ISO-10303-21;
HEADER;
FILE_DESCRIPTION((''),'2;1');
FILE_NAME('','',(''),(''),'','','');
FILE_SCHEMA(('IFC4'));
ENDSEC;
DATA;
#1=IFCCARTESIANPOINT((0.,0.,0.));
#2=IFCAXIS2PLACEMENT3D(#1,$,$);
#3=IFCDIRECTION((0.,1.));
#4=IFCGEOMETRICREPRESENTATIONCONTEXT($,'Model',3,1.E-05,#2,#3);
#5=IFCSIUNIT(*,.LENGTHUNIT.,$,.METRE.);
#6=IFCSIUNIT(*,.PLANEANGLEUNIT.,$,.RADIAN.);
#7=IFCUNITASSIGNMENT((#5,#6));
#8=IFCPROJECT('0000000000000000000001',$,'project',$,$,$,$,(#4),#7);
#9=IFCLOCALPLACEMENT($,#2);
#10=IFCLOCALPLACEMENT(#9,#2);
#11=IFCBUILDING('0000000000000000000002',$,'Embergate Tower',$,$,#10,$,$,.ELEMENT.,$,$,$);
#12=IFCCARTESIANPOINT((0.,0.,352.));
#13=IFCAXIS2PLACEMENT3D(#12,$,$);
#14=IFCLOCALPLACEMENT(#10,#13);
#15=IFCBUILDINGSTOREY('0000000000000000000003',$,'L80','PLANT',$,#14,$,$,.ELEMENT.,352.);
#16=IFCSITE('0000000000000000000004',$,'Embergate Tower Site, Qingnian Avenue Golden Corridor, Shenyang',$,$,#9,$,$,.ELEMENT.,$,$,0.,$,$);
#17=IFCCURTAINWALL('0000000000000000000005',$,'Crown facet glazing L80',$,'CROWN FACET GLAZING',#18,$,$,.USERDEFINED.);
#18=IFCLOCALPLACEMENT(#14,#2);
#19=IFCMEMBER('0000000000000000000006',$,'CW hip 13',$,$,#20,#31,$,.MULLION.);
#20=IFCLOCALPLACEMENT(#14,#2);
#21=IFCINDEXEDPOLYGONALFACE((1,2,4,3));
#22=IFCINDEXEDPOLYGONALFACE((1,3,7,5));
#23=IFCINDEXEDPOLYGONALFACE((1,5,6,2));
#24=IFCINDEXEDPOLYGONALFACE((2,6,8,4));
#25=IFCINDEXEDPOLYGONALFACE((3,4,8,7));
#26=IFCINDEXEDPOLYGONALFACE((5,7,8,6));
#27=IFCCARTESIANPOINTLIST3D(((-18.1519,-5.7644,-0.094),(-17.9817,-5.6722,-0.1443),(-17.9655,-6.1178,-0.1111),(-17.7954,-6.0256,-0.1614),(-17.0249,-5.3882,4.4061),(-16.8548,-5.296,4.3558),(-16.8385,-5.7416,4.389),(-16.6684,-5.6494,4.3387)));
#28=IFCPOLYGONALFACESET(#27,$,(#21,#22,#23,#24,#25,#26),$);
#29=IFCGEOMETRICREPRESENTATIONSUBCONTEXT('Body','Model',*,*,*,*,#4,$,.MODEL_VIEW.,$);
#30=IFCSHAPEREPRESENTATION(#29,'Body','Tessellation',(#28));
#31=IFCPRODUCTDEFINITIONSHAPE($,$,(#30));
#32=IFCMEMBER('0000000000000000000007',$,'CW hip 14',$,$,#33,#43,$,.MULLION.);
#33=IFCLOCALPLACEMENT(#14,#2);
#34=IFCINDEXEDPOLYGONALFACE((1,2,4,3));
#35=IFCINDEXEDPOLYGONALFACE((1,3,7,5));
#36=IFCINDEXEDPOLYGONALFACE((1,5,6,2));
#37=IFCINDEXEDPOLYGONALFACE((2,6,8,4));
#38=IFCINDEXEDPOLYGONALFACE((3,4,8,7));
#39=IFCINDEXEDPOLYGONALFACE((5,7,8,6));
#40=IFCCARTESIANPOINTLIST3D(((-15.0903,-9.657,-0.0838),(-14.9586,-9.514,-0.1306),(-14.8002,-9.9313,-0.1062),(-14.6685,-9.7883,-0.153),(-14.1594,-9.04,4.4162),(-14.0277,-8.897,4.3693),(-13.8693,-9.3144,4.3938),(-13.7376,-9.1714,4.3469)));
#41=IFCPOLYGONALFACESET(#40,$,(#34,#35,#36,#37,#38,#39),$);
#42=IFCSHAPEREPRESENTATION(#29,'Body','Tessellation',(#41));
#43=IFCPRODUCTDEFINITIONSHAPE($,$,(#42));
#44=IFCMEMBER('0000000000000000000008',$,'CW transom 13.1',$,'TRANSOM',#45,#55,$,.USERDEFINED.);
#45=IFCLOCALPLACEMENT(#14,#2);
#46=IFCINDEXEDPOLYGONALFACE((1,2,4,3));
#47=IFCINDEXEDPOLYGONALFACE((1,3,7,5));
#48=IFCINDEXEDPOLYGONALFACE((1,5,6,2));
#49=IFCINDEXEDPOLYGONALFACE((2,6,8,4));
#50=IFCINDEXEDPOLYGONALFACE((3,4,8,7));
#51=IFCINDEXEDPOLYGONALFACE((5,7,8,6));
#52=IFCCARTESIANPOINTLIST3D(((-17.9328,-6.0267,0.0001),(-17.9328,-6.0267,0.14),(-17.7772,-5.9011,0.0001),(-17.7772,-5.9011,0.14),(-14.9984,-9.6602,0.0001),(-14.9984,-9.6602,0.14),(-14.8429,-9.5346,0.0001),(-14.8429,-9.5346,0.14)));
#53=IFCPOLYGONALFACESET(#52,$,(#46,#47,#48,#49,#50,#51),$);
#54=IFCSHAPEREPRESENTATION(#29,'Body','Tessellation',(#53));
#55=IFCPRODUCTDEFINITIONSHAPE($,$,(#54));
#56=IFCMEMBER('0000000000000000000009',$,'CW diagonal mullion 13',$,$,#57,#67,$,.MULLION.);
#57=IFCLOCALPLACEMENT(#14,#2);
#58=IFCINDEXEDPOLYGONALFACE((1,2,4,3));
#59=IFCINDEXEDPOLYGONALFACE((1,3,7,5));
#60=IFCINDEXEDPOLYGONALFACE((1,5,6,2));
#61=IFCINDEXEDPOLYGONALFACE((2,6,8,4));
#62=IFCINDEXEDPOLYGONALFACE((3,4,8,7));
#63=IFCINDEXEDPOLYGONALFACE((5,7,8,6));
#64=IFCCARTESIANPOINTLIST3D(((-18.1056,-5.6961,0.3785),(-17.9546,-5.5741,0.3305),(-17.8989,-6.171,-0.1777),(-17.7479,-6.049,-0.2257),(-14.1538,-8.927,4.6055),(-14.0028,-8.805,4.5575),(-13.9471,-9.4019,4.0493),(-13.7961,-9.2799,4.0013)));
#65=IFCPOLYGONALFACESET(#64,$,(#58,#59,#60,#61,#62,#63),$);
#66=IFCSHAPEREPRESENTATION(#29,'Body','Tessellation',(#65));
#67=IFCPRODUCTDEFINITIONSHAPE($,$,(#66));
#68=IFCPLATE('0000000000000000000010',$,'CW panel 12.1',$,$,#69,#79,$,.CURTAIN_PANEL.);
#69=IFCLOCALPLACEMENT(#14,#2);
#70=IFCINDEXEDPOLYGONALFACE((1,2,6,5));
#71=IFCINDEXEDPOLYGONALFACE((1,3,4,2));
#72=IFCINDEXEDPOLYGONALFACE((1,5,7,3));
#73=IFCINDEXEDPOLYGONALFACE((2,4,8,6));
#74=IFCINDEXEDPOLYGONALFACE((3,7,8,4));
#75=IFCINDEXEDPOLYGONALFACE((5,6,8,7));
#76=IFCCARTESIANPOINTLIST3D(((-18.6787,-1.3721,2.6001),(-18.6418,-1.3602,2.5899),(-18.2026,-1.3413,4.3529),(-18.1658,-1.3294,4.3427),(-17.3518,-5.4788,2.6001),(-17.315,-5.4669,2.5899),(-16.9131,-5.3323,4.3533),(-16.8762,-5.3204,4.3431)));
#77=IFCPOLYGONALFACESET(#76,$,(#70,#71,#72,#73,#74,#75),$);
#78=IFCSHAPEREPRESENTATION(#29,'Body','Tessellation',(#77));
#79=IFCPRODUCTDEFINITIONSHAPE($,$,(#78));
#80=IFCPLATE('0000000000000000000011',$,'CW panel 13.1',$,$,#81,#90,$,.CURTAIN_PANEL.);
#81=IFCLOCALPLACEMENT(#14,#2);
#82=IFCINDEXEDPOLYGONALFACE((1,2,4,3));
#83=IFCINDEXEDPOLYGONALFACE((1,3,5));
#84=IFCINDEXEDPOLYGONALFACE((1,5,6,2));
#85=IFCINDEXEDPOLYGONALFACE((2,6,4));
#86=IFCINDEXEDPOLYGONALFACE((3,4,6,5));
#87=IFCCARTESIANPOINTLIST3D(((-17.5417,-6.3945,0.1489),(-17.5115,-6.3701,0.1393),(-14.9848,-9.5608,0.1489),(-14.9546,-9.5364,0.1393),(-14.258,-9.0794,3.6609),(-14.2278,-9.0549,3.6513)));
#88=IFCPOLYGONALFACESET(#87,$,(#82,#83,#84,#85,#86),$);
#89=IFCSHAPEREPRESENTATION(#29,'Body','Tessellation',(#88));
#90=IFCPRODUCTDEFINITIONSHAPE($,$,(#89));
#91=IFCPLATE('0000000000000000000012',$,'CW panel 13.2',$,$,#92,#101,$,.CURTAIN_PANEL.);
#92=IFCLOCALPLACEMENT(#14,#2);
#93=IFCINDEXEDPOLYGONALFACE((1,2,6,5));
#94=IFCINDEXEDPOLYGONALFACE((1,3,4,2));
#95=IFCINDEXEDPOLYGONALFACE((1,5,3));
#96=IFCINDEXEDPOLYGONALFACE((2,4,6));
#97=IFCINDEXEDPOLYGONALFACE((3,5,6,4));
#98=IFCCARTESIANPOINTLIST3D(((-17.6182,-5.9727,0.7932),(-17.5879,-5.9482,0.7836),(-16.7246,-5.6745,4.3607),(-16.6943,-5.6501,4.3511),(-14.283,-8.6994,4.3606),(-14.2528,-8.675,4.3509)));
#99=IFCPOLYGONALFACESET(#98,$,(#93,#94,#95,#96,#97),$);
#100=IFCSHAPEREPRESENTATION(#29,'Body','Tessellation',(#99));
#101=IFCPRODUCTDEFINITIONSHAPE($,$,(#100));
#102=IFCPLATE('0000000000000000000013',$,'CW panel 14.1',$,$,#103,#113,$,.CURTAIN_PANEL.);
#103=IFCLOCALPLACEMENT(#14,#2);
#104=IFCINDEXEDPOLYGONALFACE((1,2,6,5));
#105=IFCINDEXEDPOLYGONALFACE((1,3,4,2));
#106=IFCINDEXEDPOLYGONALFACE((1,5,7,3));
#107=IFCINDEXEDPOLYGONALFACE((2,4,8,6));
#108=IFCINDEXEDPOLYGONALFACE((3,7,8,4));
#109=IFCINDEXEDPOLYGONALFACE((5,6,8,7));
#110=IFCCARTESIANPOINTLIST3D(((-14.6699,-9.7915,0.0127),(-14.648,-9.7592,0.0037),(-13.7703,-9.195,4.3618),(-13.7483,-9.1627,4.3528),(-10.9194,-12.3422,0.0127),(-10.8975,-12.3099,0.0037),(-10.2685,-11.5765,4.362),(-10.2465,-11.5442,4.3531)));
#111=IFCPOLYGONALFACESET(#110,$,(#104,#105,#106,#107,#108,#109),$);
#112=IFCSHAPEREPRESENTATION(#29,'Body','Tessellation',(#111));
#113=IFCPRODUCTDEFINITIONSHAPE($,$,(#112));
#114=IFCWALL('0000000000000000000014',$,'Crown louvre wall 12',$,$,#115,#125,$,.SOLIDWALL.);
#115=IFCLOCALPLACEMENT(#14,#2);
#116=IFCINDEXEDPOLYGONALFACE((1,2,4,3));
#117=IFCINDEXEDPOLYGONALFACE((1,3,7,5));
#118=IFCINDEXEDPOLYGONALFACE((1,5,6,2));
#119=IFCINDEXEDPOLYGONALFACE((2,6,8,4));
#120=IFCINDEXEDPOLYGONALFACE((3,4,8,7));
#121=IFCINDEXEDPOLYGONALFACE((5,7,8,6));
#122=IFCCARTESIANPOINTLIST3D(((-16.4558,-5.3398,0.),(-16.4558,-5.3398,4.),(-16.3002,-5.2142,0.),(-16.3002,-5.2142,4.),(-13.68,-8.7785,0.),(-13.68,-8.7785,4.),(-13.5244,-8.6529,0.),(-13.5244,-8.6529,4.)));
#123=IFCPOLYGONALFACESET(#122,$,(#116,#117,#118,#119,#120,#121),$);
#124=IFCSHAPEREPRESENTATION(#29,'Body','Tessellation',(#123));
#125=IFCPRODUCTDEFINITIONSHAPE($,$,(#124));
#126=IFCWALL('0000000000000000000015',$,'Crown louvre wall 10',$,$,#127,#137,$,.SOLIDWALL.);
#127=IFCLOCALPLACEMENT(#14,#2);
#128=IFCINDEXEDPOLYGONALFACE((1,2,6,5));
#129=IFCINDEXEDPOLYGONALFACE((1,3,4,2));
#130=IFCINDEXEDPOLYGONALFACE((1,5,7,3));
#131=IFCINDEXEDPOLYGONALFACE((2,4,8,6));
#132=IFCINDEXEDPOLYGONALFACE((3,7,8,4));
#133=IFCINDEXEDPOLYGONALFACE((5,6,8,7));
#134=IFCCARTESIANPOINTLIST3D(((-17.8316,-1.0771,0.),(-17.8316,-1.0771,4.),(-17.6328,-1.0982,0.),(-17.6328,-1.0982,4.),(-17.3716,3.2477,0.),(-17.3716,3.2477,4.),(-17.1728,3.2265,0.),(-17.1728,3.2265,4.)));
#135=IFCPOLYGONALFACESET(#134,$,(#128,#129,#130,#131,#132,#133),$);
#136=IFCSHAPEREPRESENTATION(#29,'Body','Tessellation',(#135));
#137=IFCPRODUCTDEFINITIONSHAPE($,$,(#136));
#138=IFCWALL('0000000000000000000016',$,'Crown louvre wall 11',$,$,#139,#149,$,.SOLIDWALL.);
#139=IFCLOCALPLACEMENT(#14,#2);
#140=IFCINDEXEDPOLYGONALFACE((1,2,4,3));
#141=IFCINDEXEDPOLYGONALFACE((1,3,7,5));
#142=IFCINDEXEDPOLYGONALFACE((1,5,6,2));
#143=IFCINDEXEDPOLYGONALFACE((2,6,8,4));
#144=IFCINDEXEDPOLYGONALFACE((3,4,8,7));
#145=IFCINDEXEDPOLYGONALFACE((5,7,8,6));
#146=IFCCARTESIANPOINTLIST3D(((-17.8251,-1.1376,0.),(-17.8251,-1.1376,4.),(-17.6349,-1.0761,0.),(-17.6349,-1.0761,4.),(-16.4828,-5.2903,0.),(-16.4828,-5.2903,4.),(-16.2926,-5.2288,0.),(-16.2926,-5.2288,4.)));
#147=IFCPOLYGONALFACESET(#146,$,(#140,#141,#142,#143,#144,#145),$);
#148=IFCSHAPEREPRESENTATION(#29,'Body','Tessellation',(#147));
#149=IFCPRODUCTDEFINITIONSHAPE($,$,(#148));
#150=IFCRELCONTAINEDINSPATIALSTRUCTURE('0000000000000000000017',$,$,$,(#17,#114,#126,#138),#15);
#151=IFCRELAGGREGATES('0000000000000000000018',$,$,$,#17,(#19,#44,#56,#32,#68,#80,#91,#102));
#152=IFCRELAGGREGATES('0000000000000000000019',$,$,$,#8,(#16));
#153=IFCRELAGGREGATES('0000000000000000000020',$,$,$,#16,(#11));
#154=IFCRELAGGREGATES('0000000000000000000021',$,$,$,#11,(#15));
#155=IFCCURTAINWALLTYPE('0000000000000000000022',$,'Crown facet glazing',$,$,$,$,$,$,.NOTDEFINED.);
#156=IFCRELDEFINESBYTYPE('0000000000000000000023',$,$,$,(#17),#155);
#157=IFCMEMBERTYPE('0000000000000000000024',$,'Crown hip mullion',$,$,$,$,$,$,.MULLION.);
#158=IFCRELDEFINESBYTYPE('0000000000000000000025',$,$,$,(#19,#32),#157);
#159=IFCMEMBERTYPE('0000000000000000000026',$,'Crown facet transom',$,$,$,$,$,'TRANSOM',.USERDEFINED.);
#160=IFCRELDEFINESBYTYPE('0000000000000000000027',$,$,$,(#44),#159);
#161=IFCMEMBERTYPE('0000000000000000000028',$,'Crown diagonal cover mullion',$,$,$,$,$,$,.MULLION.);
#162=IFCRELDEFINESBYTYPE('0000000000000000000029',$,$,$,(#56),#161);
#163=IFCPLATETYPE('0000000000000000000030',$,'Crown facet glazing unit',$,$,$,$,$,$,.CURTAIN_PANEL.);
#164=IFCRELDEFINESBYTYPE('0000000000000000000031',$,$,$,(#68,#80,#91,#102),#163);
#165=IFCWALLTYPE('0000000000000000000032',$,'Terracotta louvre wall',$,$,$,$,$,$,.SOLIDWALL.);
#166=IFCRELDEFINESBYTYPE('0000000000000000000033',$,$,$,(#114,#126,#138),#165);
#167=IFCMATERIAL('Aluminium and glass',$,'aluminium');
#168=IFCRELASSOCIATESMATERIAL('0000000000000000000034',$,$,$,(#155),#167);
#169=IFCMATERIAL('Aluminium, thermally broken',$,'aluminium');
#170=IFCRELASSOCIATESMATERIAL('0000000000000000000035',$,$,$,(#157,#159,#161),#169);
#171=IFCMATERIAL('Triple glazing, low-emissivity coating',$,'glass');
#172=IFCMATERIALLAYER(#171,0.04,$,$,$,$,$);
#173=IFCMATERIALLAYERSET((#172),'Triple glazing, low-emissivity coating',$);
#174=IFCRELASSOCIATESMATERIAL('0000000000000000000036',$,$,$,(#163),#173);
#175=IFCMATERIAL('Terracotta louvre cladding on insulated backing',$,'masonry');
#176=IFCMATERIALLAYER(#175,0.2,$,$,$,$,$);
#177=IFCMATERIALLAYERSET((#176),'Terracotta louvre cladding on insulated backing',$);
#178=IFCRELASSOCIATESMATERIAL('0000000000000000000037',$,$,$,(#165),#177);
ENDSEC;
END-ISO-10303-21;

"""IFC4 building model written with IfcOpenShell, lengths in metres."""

from ifc_helpers import new_model, si_unit, direction, frame, frame_2d, origin, origin_2d, place, context, subcontext, project, spatial, polyline, rectangle, outline, extrude, source, transform, mapped, material, layer, layer_set, material_profile, profile_set, type_object, element, aggregate, save


model = new_model("IFC4")

# Units and contexts
model_context = context("Model", 3, precision=1e-05, world=origin(), true_north=direction((0.0, 1.0)))
body_context = subcontext(model_context, "Body", "Model", "MODEL_VIEW")
ifc_project = project(units=[si_unit("LENGTHUNIT", "METRE"), si_unit("PLANEANGLEUNIT", "RADIAN")], contexts=[model_context])

# Site, building, storey
site_placement = place(None, origin())
site = spatial("IfcSite", under=ifc_project, at=site_placement, Name="Embergate Tower Site, Qingnian Avenue Golden Corridor, Shenyang", CompositionType="ELEMENT", RefElevation=0.0)
building_placement = place(site_placement, origin())
building = spatial("IfcBuilding", under=site, at=building_placement, Name="Embergate Tower", CompositionType="ELEMENT")
storey_placement = place(building_placement, frame((0.0, 0.0, 352.0)))
storey = spatial("IfcBuildingStorey", under=building, at=storey_placement, Name="L80", Description="PLANT", CompositionType="ELEMENT", Elevation=352.0)

# Curtain wall, members, plates
ifc_material_1 = material(Name="Aluminium and glass", Category="aluminium")
curtain_wall_type = type_object("IfcCurtainWallType", Name="Crown facet glazing", PredefinedType="NOTDEFINED", material=ifc_material_1)
curtain_wall_placement = place(storey_placement, origin())
curtain_wall = element("IfcCurtainWall", 1, at=curtain_wall_placement, inside=storey, type_object=curtain_wall_type, Name="Crown facet glazing L80", ObjectType="CROWN FACET GLAZING", PredefinedType="USERDEFINED")
ifc_material_2 = material(Name="Aluminium, thermally broken", Category="aluminium")
ifc_material_profile_1 = material_profile(ifc_material_2, rectangle(XDim=0.2, YDim=0.3999, at=origin_2d()), Name="AL 400x200")
ifc_profile_set_1 = profile_set([ifc_material_profile_1], Name="Aluminium, thermally broken")
member_type_1 = type_object("IfcMemberType", Name="Crown hip mullion", PredefinedType="MULLION", material=ifc_profile_set_1)
shared_shape_1 = source(origin(), body_context, "Body", "SweptSolid", [
    extrude(rectangle(XDim=0.2, YDim=0.3999, at=origin_2d()), origin(), (0.0, 0.0, 1.0), 4.6543),
])
member_1_placement = place(storey_placement, frame((-17.9736, -5.895, -0.1277), z_axis=(0.242137, 0.080835, 0.966869), x_axis=(-0.850965, -0.461008, 0.251653)))
member_1 = element("IfcMember", 2, at=member_1_placement, type_object=member_type_1, Name="CW hip 13", PredefinedType="MULLION", context=body_context, shape_type="MappedRepresentation", body=[
    mapped(shared_shape_1, transform((0.0, 0.0, 0.0))),
])
shared_shape_2 = source(origin(), body_context, "Body", "SweptSolid", [
    extrude(rectangle(XDim=0.2, YDim=0.3999, at=origin_2d()), origin(), (0.0, 0.0, 1.0), 4.6365),
])
member_2_placement = place(storey_placement, frame((-14.8794, -9.7227, -0.1184), z_axis=(0.200778, 0.133062, 0.970558), x_axis=(-0.65843, -0.715254, 0.234269)))
member_2 = element("IfcMember", 3, at=member_2_placement, type_object=member_type_1, Name="CW hip 14", PredefinedType="MULLION", context=body_context, shape_type="MappedRepresentation", body=[
    mapped(shared_shape_2, transform((0.0, 0.0, 0.0))),
])
ifc_material_profile_2 = material_profile(ifc_material_2, rectangle(XDim=0.2, YDim=0.1399, at=origin_2d()), Name="AL 140x200")
ifc_profile_set_2 = profile_set([ifc_material_profile_2], Name="Aluminium, thermally broken")
member_type_2 = type_object("IfcMemberType", Name="Crown facet transom", ElementType="TRANSOM", PredefinedType="USERDEFINED", material=ifc_profile_set_2)
shared_shape_3 = source(origin(), body_context, "Body", "SweptSolid", [
    extrude(rectangle(XDim=0.2, YDim=0.1399, at=origin_2d()), origin(), (0.0, 0.0, 1.0), 4.6704),
])
member_3_placement = place(storey_placement, frame((-17.855, -5.9639, 0.0701), z_axis=(0.628277, -0.777989, 0.0), x_axis=(0.777989, 0.628277, 0.0)))
member_3 = element("IfcMember", 4, at=member_3_placement, type_object=member_type_2, Name="CW transom 13.1", ObjectType="TRANSOM", PredefinedType="USERDEFINED", context=body_context, shape_type="MappedRepresentation", body=[
    mapped(shared_shape_3, transform((0.0, 0.0, 0.0))),
])
ifc_material_profile_3 = material_profile(ifc_material_2, rectangle(XDim=0.2, YDim=0.76, at=origin_2d()), Name="AL 760x200")
ifc_profile_set_3 = profile_set([ifc_material_profile_3], Name="Aluminium, thermally broken")
member_type_3 = type_object("IfcMemberType", Name="Crown diagonal cover mullion", PredefinedType="MULLION", material=ifc_profile_set_3)
shared_shape_4 = source(origin(), body_context, "Body", "SweptSolid", [
    extrude(rectangle(XDim=0.2, YDim=0.76, at=origin_2d()), origin(), (0.0, 0.0, 1.0), 6.6274),
])
member_4_placement = place(storey_placement, frame((-17.9268, -5.8726, 0.0764), z_axis=(0.596283, -0.487503, 0.637799), x_axis=(-0.755305, -0.609846, 0.240003)))
member_4 = element("IfcMember", 5, at=member_4_placement, type_object=member_type_3, Name="CW diagonal mullion 13", PredefinedType="MULLION", context=body_context, shape_type="MappedRepresentation", body=[
    mapped(shared_shape_4, transform((0.0, 0.0, 0.0))),
])
ifc_material_3 = material(Name="Triple glazing, low-emissivity coating", Category="glass")
ifc_layer_1 = layer(ifc_material_3, 0.04)
ifc_layer_set_1 = layer_set([ifc_layer_1], Name="Triple glazing, low-emissivity coating")
plate_type = type_object("IfcPlateType", Name="Crown facet glazing unit", PredefinedType="CURTAIN_PANEL", material=ifc_layer_set_1)
shared_shape_5 = source(origin(), body_context, "Body", "SweptSolid", [
    extrude(outline(polyline([(0.0, 0.0), (1.8132, 0.0), (1.8232, 4.1941), (0.0107, 4.3157), (0.0, 0.0)])), origin(), (0.0, 0.0, -1.0), 0.04),
])
plate_1_placement = place(storey_placement, frame((-17.3518, -5.4788, 2.6001), z_axis=(-0.920082, -0.297282, 0.255092), x_axis=(0.241972, 0.080792, 0.966914)))
plate_1 = element("IfcPlate", 6, at=plate_1_placement, type_object=plate_type, Name="CW panel 12.1", PredefinedType="CURTAIN_PANEL", context=body_context, shape_type="MappedRepresentation", body=[
    mapped(shared_shape_5, transform((0.0, 0.0, 0.0))),
])
shared_shape_6 = source(origin(), body_context, "Body", "SweptSolid", [
    extrude(outline(polyline([(0.0, 0.0), (4.0698, 0.0), (4.1519, 3.6177), (0.0, 0.0)])), origin(), (0.0, 0.0, -1.0), 0.04),
])
plate_2_placement = place(storey_placement, frame((-17.5417, -6.3945, 0.1489), z_axis=(-0.755276, -0.609916, 0.239917), x_axis=(0.628266, -0.777999, 0.0)))
plate_2 = element("IfcPlate", 7, at=plate_2_placement, type_object=plate_type, Name="CW panel 13.1", PredefinedType="CURTAIN_PANEL", context=body_context, shape_type="MappedRepresentation", body=[
    mapped(shared_shape_6, transform((0.0, 0.0, 0.0))),
])
shared_shape_7 = source(origin(), body_context, "Body", "SweptSolid", [
    extrude(outline(polyline([(0.0, 0.0), (5.5933, 0.0), (2.6628, 2.5542), (0.0, 0.0)])), origin(), (0.0, 0.0, -1.0), 0.04),
])
plate_3_placement = place(storey_placement, frame((-17.6182, -5.9727, 0.7932), z_axis=(-0.755363, -0.609716, 0.240151), x_axis=(0.596283, -0.487511, 0.637793)))
plate_3 = element("IfcPlate", 8, at=plate_3_placement, type_object=plate_type, Name="CW panel 13.2", PredefinedType="CURTAIN_PANEL", context=body_context, shape_type="MappedRepresentation", body=[
    mapped(shared_shape_7, transform((0.0, 0.0, 0.0))),
])
shared_shape_8 = source(origin(), body_context, "Body", "SweptSolid", [
    extrude(outline(polyline([(0.0, 0.0), (4.5356, 0.0), (4.6433, 4.4626), (0.4084, 4.4624), (0.0, 0.0)])), origin(), (0.0, 0.0, -1.0), 0.04),
])
plate_4_placement = place(storey_placement, frame((-14.6699, -9.7915, 0.0127), z_axis=(-0.548086, -0.805894, 0.223913), x_axis=(0.826889, -0.562365, -0.000003)))
plate_4 = element("IfcPlate", 9, at=plate_4_placement, type_object=plate_type, Name="CW panel 14.1", PredefinedType="CURTAIN_PANEL", context=body_context, shape_type="MappedRepresentation", body=[
    mapped(shared_shape_8, transform((0.0, 0.0, 0.0))),
])
aggregate(curtain_wall, [member_1, member_3, member_4, member_2, plate_1, plate_2, plate_3, plate_4])

# Walls
ifc_material_4 = material(Name="Terracotta louvre cladding on insulated backing", Category="masonry")
ifc_layer_2 = layer(ifc_material_4, 0.2)
ifc_layer_set_2 = layer_set([ifc_layer_2], Name="Terracotta louvre cladding on insulated backing")
wall_type_1 = type_object("IfcWallType", Name="Terracotta louvre wall", PredefinedType="SOLIDWALL", material=ifc_layer_set_2)
shared_shape_9 = source(origin(), body_context, "Body", "SweptSolid", [
    extrude(rectangle(XDim=4.4192, YDim=0.2, at=frame_2d((2.2095, 0.0))), origin(), (0.0, 0.0, 1.0), 4.0),
])
wall_1_placement = place(storey_placement, frame((-13.6023, -8.7156, 0.0), z_axis=(0.0, 0.0, 1.0), x_axis=(-0.628125, 0.778113, 0.0)))
element("IfcWall", 10, at=wall_1_placement, inside=storey, type_object=wall_type_1, Name="Crown louvre wall 12", PredefinedType="SOLIDWALL", context=body_context, shape_type="MappedRepresentation", body=[
    mapped(shared_shape_9, transform((0.0, 0.0, 0.0))),
])
shared_shape_10 = source(origin(), body_context, "Body", "SweptSolid", [
    extrude(rectangle(XDim=4.3491, YDim=0.2, at=frame_2d((2.1746, 0.0))), origin(), (0.0, 0.0, 1.0), 4.0),
])
wall_2_placement = place(storey_placement, frame((-17.7322, -1.0876, 0.0), z_axis=(0.0, 0.0, 1.0), x_axis=(0.10576, 0.994392, 0.0)))
element("IfcWall", 11, at=wall_2_placement, inside=storey, type_object=wall_type_1, Name="Crown louvre wall 10", PredefinedType="SOLIDWALL", context=body_context, shape_type="MappedRepresentation", body=[
    mapped(shared_shape_10, transform((0.0, 0.0, 0.0))),
])
shared_shape_11 = source(origin(), body_context, "Body", "SweptSolid", [
    extrude(rectangle(XDim=4.3643, YDim=0.2, at=frame_2d((2.1821, 0.0))), origin(), (0.0, 0.0, 1.0), 4.0),
])
wall_3_placement = place(storey_placement, frame((-16.3877, -5.2595, 0.0), z_axis=(0.0, 0.0, 1.0), x_axis=(-0.307572, 0.951525, 0.0)))
element("IfcWall", 12, at=wall_3_placement, inside=storey, type_object=wall_type_1, Name="Crown louvre wall 11", PredefinedType="SOLIDWALL", context=body_context, shape_type="MappedRepresentation", body=[
    mapped(shared_shape_11, transform((0.0, 0.0, 0.0))),
])

save(model, "model.ifc")
